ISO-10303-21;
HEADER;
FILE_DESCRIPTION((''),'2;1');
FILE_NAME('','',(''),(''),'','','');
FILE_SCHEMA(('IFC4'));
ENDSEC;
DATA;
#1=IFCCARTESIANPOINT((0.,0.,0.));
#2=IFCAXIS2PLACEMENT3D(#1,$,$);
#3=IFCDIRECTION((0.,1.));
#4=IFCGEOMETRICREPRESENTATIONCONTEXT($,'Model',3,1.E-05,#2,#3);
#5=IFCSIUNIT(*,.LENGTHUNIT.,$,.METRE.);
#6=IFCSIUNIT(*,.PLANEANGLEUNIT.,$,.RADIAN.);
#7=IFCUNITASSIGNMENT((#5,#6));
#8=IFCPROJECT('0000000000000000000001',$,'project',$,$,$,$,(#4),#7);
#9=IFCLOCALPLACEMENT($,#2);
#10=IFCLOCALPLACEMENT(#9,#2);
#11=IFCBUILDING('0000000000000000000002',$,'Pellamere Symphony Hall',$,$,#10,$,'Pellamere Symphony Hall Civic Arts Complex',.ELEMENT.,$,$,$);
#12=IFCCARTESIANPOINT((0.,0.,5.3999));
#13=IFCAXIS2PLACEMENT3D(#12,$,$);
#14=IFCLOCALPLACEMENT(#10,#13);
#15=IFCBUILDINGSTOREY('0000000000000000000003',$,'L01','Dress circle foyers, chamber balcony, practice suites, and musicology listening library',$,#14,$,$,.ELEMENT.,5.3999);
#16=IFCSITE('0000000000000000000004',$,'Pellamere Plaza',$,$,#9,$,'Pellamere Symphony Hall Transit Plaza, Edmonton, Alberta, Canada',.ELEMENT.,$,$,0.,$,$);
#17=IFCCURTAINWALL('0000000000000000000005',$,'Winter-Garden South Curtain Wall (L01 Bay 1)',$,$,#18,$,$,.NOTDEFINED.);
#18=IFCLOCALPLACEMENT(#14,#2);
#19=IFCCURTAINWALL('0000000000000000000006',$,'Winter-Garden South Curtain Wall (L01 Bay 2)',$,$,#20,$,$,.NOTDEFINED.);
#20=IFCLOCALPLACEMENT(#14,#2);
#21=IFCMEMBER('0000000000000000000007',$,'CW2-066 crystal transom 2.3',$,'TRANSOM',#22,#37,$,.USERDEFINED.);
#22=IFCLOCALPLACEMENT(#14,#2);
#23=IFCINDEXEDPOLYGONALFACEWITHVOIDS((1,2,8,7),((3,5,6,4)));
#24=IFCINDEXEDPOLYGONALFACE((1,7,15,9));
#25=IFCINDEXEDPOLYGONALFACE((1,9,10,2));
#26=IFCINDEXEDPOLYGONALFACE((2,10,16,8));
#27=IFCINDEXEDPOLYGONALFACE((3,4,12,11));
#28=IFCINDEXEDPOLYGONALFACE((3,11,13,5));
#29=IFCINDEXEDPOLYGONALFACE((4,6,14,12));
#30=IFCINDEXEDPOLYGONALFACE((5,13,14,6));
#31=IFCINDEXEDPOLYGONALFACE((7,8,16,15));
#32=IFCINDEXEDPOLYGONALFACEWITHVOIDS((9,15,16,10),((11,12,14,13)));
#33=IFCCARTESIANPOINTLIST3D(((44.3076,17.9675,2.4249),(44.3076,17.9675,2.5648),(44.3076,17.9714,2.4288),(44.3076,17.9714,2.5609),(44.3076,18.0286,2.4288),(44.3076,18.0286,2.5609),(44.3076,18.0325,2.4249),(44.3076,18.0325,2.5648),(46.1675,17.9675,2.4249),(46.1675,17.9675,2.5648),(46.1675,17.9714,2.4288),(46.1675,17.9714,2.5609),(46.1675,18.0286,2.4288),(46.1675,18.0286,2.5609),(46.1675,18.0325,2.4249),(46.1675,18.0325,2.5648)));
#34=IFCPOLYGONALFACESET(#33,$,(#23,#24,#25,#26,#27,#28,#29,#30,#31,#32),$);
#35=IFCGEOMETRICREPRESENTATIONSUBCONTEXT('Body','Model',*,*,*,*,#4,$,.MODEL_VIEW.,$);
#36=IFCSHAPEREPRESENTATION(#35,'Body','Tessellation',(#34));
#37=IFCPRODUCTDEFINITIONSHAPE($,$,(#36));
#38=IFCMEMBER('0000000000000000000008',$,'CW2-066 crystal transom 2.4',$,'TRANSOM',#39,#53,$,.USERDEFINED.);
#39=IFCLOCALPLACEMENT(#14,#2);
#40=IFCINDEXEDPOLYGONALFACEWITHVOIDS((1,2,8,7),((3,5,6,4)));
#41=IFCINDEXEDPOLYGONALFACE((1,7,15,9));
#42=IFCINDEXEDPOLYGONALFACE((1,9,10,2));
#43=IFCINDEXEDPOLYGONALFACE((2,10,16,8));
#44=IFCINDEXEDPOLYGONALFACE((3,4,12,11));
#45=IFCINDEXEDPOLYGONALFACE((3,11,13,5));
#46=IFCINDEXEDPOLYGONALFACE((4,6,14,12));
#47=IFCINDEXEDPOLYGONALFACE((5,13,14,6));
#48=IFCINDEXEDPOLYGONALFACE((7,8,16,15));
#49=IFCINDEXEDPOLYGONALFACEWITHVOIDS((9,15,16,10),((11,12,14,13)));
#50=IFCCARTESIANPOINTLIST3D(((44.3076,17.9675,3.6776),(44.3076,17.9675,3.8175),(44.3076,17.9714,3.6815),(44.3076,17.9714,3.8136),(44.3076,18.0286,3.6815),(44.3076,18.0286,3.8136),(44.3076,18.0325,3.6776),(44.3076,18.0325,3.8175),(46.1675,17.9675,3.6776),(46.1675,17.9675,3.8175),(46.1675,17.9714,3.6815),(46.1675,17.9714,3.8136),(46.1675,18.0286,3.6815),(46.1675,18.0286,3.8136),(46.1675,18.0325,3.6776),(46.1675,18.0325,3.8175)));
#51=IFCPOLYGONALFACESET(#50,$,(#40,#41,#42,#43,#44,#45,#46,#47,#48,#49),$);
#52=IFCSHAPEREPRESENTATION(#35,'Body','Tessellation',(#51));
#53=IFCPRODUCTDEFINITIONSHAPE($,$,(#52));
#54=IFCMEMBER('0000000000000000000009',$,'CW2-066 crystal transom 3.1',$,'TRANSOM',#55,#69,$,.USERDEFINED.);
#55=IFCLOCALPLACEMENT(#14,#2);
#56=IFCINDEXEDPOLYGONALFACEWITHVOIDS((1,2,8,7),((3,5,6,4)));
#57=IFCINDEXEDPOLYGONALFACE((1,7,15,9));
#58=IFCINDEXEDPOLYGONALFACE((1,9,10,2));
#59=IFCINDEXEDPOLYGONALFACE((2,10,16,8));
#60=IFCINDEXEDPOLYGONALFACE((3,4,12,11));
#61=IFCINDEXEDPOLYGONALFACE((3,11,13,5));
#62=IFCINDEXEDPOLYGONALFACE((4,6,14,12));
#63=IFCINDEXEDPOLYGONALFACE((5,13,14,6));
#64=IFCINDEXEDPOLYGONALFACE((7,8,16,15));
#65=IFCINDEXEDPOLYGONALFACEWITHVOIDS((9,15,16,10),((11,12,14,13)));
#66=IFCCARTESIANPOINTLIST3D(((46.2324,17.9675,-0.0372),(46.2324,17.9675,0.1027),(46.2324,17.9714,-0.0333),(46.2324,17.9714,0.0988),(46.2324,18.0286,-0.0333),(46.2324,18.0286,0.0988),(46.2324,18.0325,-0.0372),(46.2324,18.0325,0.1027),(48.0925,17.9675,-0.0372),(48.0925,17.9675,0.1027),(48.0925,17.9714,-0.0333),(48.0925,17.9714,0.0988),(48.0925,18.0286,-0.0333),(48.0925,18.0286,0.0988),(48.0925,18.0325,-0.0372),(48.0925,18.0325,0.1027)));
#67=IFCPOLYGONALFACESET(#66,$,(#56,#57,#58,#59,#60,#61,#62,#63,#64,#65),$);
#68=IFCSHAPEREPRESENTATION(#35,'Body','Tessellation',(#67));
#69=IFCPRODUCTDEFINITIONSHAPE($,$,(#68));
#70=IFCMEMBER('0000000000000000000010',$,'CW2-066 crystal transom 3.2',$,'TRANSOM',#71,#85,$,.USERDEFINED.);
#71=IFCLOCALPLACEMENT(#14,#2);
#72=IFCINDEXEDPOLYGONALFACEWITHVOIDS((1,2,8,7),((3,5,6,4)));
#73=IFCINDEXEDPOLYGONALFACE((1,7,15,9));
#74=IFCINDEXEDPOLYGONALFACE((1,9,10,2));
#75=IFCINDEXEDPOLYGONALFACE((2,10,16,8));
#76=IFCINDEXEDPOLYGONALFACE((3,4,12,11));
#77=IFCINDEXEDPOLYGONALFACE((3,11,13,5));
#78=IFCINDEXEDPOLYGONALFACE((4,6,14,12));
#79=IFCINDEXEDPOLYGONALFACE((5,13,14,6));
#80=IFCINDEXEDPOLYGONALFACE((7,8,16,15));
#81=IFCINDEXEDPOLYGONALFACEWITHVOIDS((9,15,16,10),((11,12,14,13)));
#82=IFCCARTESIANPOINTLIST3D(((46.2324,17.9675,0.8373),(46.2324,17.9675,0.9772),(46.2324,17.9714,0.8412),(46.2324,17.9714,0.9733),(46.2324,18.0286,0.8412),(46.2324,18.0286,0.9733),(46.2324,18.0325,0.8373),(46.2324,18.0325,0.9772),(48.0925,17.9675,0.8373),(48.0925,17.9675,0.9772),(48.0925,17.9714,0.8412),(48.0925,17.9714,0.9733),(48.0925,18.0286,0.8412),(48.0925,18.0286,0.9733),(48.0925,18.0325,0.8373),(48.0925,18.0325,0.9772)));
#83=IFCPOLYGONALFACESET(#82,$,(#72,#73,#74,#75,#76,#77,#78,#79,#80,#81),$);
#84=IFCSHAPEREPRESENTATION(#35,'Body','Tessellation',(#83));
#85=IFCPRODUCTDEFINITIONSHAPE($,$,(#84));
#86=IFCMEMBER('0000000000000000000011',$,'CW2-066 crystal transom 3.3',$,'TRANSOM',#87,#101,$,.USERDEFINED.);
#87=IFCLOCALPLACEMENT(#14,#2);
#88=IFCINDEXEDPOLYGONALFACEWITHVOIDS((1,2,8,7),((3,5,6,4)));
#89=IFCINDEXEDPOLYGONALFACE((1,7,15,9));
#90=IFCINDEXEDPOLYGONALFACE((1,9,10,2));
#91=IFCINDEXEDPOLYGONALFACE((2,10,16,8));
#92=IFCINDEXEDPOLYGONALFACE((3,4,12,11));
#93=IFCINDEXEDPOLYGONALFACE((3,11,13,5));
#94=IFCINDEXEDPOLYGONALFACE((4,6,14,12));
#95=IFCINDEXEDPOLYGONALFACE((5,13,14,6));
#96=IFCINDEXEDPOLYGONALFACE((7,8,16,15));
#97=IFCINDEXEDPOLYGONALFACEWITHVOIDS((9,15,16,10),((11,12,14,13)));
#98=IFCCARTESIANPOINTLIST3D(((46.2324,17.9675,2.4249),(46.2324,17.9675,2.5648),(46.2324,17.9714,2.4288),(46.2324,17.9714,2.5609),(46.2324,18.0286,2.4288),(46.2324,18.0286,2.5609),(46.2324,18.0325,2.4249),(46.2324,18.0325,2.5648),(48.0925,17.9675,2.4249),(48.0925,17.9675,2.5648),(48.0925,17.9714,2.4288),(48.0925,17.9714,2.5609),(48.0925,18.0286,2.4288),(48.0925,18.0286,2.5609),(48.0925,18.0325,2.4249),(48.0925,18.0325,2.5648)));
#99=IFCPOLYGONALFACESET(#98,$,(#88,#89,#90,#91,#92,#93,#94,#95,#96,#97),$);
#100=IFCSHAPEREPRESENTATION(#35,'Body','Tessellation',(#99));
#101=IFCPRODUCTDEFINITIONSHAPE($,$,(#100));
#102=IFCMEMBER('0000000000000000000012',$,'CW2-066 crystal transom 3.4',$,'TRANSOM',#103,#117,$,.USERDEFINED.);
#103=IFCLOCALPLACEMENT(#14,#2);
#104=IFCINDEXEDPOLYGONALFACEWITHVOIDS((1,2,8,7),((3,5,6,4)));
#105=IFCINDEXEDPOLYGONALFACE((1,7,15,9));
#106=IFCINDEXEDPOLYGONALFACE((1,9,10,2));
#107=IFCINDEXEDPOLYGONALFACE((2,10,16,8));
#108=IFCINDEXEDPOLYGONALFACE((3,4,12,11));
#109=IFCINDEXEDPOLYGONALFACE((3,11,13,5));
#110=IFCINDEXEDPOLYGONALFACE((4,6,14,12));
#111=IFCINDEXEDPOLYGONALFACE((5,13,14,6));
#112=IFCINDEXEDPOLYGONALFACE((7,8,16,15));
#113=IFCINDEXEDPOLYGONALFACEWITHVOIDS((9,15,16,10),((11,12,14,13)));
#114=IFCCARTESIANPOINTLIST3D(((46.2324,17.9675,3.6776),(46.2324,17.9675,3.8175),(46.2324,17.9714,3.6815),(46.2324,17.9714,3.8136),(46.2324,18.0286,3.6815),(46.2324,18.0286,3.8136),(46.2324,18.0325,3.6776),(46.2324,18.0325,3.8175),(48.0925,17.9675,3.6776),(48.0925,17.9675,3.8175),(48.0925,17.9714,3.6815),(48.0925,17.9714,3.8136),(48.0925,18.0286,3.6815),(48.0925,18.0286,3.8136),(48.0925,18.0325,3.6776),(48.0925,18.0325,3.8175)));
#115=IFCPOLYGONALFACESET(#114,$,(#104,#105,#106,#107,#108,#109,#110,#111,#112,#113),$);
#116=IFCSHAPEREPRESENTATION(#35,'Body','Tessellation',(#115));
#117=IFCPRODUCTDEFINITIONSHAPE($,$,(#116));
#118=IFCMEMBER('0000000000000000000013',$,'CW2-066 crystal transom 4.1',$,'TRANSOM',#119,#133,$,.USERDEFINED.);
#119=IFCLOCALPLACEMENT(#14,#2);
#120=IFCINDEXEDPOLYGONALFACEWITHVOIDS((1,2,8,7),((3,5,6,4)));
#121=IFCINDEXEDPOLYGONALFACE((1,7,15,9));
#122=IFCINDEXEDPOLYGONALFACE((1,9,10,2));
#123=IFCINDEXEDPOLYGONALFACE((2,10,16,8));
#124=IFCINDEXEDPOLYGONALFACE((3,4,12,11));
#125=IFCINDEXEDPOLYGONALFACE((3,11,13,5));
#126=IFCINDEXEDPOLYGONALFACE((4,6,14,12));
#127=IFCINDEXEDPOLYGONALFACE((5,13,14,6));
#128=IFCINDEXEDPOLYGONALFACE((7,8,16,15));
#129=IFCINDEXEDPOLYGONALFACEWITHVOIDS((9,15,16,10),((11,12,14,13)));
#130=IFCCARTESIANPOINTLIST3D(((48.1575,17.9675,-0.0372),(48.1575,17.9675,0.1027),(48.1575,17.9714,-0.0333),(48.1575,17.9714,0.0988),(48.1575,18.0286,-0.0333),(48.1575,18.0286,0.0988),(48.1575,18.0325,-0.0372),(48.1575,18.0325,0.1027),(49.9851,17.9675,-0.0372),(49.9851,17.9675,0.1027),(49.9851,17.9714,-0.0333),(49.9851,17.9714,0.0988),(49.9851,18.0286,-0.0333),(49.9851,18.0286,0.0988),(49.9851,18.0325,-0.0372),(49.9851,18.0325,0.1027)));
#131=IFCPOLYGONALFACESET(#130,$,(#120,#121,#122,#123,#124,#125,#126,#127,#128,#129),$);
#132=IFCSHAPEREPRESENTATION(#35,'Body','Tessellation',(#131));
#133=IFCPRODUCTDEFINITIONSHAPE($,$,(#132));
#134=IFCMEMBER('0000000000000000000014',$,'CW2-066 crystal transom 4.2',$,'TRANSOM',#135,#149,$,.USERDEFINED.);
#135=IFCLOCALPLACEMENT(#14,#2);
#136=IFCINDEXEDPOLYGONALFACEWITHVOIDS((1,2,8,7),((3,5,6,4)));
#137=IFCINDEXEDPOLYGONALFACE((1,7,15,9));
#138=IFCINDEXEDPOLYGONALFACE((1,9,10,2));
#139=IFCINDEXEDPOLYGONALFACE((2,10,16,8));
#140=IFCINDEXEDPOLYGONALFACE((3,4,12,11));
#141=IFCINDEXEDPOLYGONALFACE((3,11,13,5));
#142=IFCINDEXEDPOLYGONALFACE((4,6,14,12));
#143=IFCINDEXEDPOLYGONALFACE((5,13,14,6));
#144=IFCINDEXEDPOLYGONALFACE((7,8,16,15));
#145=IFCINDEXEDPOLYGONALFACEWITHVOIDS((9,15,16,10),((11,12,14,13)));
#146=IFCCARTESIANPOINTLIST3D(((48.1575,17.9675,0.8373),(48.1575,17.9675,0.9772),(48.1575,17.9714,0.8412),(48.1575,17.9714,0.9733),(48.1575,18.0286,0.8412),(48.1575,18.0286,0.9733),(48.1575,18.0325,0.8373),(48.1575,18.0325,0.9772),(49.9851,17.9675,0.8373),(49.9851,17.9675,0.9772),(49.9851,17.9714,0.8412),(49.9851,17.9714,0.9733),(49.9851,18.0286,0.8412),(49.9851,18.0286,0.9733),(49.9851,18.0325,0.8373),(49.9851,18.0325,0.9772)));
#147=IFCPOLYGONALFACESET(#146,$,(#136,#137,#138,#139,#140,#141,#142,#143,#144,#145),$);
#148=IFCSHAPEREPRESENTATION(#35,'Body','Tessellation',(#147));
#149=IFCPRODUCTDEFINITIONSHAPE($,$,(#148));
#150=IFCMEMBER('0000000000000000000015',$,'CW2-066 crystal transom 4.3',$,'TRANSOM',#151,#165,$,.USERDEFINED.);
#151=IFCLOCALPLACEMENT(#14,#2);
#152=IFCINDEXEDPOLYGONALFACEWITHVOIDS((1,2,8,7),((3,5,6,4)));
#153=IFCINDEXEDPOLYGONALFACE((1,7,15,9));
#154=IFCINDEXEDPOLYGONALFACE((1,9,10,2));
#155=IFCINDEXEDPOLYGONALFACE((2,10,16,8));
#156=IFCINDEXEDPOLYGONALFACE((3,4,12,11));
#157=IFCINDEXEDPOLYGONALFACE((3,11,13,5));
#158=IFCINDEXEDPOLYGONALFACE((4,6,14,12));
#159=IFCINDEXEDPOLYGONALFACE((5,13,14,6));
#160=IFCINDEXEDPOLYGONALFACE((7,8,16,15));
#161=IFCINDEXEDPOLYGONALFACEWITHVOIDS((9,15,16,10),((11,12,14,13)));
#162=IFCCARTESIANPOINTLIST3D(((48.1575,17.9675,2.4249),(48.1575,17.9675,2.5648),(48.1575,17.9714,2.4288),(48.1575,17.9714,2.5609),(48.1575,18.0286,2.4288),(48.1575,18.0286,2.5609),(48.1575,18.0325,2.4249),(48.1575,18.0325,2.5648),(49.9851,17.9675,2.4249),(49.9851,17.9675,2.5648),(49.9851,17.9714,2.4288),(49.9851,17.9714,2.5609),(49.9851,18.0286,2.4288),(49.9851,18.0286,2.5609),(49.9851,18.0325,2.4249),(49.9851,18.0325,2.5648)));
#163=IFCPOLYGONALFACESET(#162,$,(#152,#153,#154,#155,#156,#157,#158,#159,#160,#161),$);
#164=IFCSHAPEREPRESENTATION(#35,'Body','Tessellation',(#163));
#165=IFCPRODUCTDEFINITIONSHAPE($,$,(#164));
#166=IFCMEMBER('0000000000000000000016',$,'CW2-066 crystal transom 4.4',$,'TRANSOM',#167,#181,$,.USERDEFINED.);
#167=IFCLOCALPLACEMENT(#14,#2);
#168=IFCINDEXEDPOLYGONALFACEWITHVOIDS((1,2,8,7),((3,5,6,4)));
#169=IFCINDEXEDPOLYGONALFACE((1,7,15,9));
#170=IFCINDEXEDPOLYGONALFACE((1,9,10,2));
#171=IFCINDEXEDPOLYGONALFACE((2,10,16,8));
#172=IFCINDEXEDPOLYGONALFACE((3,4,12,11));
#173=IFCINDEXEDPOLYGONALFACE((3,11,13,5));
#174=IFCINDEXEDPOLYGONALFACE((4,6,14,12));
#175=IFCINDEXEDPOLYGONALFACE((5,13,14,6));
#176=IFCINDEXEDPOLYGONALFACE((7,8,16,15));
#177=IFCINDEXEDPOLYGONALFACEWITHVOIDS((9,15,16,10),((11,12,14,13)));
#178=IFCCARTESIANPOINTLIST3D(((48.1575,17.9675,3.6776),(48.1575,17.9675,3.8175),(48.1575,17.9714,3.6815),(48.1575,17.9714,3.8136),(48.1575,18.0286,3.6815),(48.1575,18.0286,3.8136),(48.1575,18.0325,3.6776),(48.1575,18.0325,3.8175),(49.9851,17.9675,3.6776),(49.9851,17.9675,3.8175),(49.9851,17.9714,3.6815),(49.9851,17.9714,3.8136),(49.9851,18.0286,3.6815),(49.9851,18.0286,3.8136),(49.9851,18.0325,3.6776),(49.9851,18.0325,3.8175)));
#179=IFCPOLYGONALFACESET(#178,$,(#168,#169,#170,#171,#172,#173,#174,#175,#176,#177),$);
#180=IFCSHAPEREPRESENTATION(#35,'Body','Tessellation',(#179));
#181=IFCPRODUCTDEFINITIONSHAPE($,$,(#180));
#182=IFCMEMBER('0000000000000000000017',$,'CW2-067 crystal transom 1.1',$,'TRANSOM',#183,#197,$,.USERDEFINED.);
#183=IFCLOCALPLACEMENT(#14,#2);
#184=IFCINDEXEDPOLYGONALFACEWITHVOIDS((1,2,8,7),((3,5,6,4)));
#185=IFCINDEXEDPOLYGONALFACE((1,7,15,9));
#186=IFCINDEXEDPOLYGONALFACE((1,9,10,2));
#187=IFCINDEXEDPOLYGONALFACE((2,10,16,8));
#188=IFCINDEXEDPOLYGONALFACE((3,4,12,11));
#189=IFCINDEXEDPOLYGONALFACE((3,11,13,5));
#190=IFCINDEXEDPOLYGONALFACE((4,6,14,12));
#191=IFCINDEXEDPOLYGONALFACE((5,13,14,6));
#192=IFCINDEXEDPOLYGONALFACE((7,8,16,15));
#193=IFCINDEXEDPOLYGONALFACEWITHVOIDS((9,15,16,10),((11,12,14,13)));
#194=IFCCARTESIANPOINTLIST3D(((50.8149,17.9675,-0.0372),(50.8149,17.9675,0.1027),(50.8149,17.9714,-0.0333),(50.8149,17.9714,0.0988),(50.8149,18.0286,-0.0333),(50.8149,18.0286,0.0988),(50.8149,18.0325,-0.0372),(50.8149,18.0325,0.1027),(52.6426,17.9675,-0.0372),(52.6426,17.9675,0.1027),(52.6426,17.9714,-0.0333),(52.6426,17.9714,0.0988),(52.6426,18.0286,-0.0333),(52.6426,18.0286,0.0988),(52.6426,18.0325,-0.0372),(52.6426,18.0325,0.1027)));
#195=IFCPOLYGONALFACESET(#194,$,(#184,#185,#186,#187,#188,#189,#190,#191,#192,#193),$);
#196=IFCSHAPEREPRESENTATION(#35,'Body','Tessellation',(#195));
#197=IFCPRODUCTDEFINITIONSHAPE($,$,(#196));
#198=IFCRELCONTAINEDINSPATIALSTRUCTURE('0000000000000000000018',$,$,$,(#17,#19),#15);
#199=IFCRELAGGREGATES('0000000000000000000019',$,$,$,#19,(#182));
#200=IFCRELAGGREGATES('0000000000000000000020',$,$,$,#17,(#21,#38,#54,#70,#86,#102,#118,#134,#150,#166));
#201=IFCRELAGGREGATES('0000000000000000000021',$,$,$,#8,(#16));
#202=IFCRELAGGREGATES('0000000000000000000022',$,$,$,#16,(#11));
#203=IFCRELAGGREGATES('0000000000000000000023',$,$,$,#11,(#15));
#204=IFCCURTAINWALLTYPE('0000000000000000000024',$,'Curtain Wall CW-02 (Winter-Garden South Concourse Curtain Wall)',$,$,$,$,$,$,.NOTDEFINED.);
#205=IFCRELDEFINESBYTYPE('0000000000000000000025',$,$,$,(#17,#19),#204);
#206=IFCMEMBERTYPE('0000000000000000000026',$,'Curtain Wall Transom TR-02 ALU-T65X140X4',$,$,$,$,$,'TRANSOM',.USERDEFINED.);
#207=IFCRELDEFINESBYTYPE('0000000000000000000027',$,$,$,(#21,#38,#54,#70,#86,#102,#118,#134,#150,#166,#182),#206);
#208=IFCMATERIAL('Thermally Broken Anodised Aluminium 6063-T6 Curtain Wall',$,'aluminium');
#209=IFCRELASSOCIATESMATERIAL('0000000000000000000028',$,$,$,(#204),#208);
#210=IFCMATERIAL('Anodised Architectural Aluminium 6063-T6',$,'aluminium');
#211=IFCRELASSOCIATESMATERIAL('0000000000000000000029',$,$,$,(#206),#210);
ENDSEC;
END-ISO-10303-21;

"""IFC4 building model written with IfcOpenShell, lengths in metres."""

from ifc_helpers import new_model, si_unit, direction, frame, origin, origin_2d, place, context, subcontext, project, spatial, hollow_rectangle, extrude, material, material_profile, profile_set, type_object, element, aggregate, save


model = new_model("IFC4")

# Units and contexts
model_context = context("Model", 3, precision=1e-05, world=origin(), true_north=direction((0.0, 1.0)))
body_context = subcontext(model_context, "Body", "Model", "MODEL_VIEW")
ifc_project = project(units=[si_unit("LENGTHUNIT", "METRE"), si_unit("PLANEANGLEUNIT", "RADIAN")], contexts=[model_context])

# Site, building, storey
site_placement = place(None, origin())
site = spatial("IfcSite", under=ifc_project, at=site_placement, Name="Pellamere Plaza", LongName="Pellamere Symphony Hall Transit Plaza, Edmonton, Alberta, Canada", CompositionType="ELEMENT", RefElevation=0.0)
building_placement = place(site_placement, origin())
building = spatial("IfcBuilding", under=site, at=building_placement, Name="Pellamere Symphony Hall", LongName="Pellamere Symphony Hall Civic Arts Complex", CompositionType="ELEMENT")
storey_placement = place(building_placement, frame((0.0, 0.0, 5.3999)))
storey = spatial("IfcBuildingStorey", under=building, at=storey_placement, Name="L01", Description="Dress circle foyers, chamber balcony, practice suites, and musicology listening library", CompositionType="ELEMENT", Elevation=5.3999)

# Curtain wall
ifc_material_1 = material(Name="Thermally Broken Anodised Aluminium 6063-T6 Curtain Wall", Category="aluminium")
curtain_wall_type = type_object("IfcCurtainWallType", Name="Curtain Wall CW-02 (Winter-Garden South Concourse Curtain Wall)", PredefinedType="NOTDEFINED", material=ifc_material_1)
curtain_wall_1_placement = place(storey_placement, origin())
curtain_wall_1 = element("IfcCurtainWall", 1, at=curtain_wall_1_placement, inside=storey, type_object=curtain_wall_type, Name="Winter-Garden South Curtain Wall (L01 Bay 1)", PredefinedType="NOTDEFINED")
ifc_material_2 = material(Name="Anodised Architectural Aluminium 6063-T6", Category="aluminium")

# Curtain wall
curtain_wall_2_placement = place(storey_placement, origin())
curtain_wall_2 = element("IfcCurtainWall", 2, at=curtain_wall_2_placement, inside=storey, type_object=curtain_wall_type, Name="Winter-Garden South Curtain Wall (L01 Bay 2)", PredefinedType="NOTDEFINED")

# Members
ifc_material_profile_1 = material_profile(ifc_material_2, hollow_rectangle(XDim=0.0649, YDim=0.1399, WallThickness=0.0039, at=origin_2d()), Name="ALU-T65X140X4")
ifc_profile_set_1 = profile_set([ifc_material_profile_1], Name="Anodised Architectural Aluminium 6063-T6")
member_type_1 = type_object("IfcMemberType", Name="Curtain Wall Transom TR-02 ALU-T65X140X4", ElementType="TRANSOM", PredefinedType="USERDEFINED", material=ifc_profile_set_1)
member_1_placement = place(storey_placement, frame((44.3076, 18.0, 2.4949), z_axis=(1.0, 0.0, 0.0), x_axis=(0.0, 1.0, 0.0)))
member_1 = element("IfcMember", 3, at=member_1_placement, type_object=member_type_1, Name="CW2-066 crystal transom 2.3", ObjectType="TRANSOM", PredefinedType="USERDEFINED", context=body_context, shape_type="SweptSolid", body=[
    extrude(hollow_rectangle(XDim=0.0649, YDim=0.1399, WallThickness=0.0039, at=origin_2d()), origin(), (0.0, 0.0, 1.0), 1.8599),
])
member_2_placement = place(storey_placement, frame((44.3076, 18.0, 3.7476), z_axis=(1.0, 0.0, 0.0), x_axis=(0.0, 1.0, 0.0)))
member_2 = element("IfcMember", 4, at=member_2_placement, type_object=member_type_1, Name="CW2-066 crystal transom 2.4", ObjectType="TRANSOM", PredefinedType="USERDEFINED", context=body_context, shape_type="SweptSolid", body=[
    extrude(hollow_rectangle(XDim=0.0649, YDim=0.1399, WallThickness=0.0039, at=origin_2d()), origin(), (0.0, 0.0, 1.0), 1.8599),
])
member_3_placement = place(storey_placement, frame((46.2324, 18.0, 0.0327), z_axis=(1.0, 0.0, 0.0), x_axis=(0.0, 1.0, 0.0)))
member_3 = element("IfcMember", 5, at=member_3_placement, type_object=member_type_1, Name="CW2-066 crystal transom 3.1", ObjectType="TRANSOM", PredefinedType="USERDEFINED", context=body_context, shape_type="SweptSolid", body=[
    extrude(hollow_rectangle(XDim=0.0649, YDim=0.1399, WallThickness=0.0039, at=origin_2d()), origin(), (0.0, 0.0, 1.0), 1.8601),
])
member_4_placement = place(storey_placement, frame((46.2324, 18.0, 0.9072), z_axis=(1.0, 0.0, 0.0), x_axis=(0.0, 1.0, 0.0)))
member_4 = element("IfcMember", 6, at=member_4_placement, type_object=member_type_1, Name="CW2-066 crystal transom 3.2", ObjectType="TRANSOM", PredefinedType="USERDEFINED", context=body_context, shape_type="SweptSolid", body=[
    extrude(hollow_rectangle(XDim=0.0649, YDim=0.1399, WallThickness=0.0039, at=origin_2d()), origin(), (0.0, 0.0, 1.0), 1.8601),
])
member_5_placement = place(storey_placement, frame((46.2324, 18.0, 2.4949), z_axis=(1.0, 0.0, 0.0), x_axis=(0.0, 1.0, 0.0)))
member_5 = element("IfcMember", 7, at=member_5_placement, type_object=member_type_1, Name="CW2-066 crystal transom 3.3", ObjectType="TRANSOM", PredefinedType="USERDEFINED", context=body_context, shape_type="SweptSolid", body=[
    extrude(hollow_rectangle(XDim=0.0649, YDim=0.1399, WallThickness=0.0039, at=origin_2d()), origin(), (0.0, 0.0, 1.0), 1.8601),
])
member_6_placement = place(storey_placement, frame((46.2324, 18.0, 3.7476), z_axis=(1.0, 0.0, 0.0), x_axis=(0.0, 1.0, 0.0)))
member_6 = element("IfcMember", 8, at=member_6_placement, type_object=member_type_1, Name="CW2-066 crystal transom 3.4", ObjectType="TRANSOM", PredefinedType="USERDEFINED", context=body_context, shape_type="SweptSolid", body=[
    extrude(hollow_rectangle(XDim=0.0649, YDim=0.1399, WallThickness=0.0039, at=origin_2d()), origin(), (0.0, 0.0, 1.0), 1.8601),
])
member_7_placement = place(storey_placement, frame((48.1575, 18.0, 0.0327), z_axis=(1.0, 0.0, 0.0), x_axis=(0.0, 1.0, 0.0)))
member_7 = element("IfcMember", 9, at=member_7_placement, type_object=member_type_1, Name="CW2-066 crystal transom 4.1", ObjectType="TRANSOM", PredefinedType="USERDEFINED", context=body_context, shape_type="SweptSolid", body=[
    extrude(hollow_rectangle(XDim=0.0649, YDim=0.1399, WallThickness=0.0039, at=origin_2d()), origin(), (0.0, 0.0, 1.0), 1.8276),
])
member_8_placement = place(storey_placement, frame((48.1575, 18.0, 0.9072), z_axis=(1.0, 0.0, 0.0), x_axis=(0.0, 1.0, 0.0)))
member_8 = element("IfcMember", 10, at=member_8_placement, type_object=member_type_1, Name="CW2-066 crystal transom 4.2", ObjectType="TRANSOM", PredefinedType="USERDEFINED", context=body_context, shape_type="SweptSolid", body=[
    extrude(hollow_rectangle(XDim=0.0649, YDim=0.1399, WallThickness=0.0039, at=origin_2d()), origin(), (0.0, 0.0, 1.0), 1.8276),
])
member_9_placement = place(storey_placement, frame((48.1575, 18.0, 2.4949), z_axis=(1.0, 0.0, 0.0), x_axis=(0.0, 1.0, 0.0)))
member_9 = element("IfcMember", 11, at=member_9_placement, type_object=member_type_1, Name="CW2-066 crystal transom 4.3", ObjectType="TRANSOM", PredefinedType="USERDEFINED", context=body_context, shape_type="SweptSolid", body=[
    extrude(hollow_rectangle(XDim=0.0649, YDim=0.1399, WallThickness=0.0039, at=origin_2d()), origin(), (0.0, 0.0, 1.0), 1.8276),
])
member_10_placement = place(storey_placement, frame((48.1575, 18.0, 3.7476), z_axis=(1.0, 0.0, 0.0), x_axis=(0.0, 1.0, 0.0)))
member_10 = element("IfcMember", 12, at=member_10_placement, type_object=member_type_1, Name="CW2-066 crystal transom 4.4", ObjectType="TRANSOM", PredefinedType="USERDEFINED", context=body_context, shape_type="SweptSolid", body=[
    extrude(hollow_rectangle(XDim=0.0649, YDim=0.1399, WallThickness=0.0039, at=origin_2d()), origin(), (0.0, 0.0, 1.0), 1.8276),
])
member_11_placement = place(storey_placement, frame((50.8149, 18.0, 0.0327), z_axis=(1.0, 0.0, 0.0), x_axis=(0.0, 1.0, 0.0)))
member_11 = element("IfcMember", 13, at=member_11_placement, type_object=member_type_1, Name="CW2-067 crystal transom 1.1", ObjectType="TRANSOM", PredefinedType="USERDEFINED", context=body_context, shape_type="SweptSolid", body=[
    extrude(hollow_rectangle(XDim=0.0649, YDim=0.1399, WallThickness=0.0039, at=origin_2d()), origin(), (0.0, 0.0, 1.0), 1.8276),
])
aggregate(curtain_wall_2, [member_11])

aggregate(curtain_wall_1, [member_1, member_2, member_3, member_4, member_5, member_6, member_7, member_8, member_9, member_10])

save(model, "model.ifc")
